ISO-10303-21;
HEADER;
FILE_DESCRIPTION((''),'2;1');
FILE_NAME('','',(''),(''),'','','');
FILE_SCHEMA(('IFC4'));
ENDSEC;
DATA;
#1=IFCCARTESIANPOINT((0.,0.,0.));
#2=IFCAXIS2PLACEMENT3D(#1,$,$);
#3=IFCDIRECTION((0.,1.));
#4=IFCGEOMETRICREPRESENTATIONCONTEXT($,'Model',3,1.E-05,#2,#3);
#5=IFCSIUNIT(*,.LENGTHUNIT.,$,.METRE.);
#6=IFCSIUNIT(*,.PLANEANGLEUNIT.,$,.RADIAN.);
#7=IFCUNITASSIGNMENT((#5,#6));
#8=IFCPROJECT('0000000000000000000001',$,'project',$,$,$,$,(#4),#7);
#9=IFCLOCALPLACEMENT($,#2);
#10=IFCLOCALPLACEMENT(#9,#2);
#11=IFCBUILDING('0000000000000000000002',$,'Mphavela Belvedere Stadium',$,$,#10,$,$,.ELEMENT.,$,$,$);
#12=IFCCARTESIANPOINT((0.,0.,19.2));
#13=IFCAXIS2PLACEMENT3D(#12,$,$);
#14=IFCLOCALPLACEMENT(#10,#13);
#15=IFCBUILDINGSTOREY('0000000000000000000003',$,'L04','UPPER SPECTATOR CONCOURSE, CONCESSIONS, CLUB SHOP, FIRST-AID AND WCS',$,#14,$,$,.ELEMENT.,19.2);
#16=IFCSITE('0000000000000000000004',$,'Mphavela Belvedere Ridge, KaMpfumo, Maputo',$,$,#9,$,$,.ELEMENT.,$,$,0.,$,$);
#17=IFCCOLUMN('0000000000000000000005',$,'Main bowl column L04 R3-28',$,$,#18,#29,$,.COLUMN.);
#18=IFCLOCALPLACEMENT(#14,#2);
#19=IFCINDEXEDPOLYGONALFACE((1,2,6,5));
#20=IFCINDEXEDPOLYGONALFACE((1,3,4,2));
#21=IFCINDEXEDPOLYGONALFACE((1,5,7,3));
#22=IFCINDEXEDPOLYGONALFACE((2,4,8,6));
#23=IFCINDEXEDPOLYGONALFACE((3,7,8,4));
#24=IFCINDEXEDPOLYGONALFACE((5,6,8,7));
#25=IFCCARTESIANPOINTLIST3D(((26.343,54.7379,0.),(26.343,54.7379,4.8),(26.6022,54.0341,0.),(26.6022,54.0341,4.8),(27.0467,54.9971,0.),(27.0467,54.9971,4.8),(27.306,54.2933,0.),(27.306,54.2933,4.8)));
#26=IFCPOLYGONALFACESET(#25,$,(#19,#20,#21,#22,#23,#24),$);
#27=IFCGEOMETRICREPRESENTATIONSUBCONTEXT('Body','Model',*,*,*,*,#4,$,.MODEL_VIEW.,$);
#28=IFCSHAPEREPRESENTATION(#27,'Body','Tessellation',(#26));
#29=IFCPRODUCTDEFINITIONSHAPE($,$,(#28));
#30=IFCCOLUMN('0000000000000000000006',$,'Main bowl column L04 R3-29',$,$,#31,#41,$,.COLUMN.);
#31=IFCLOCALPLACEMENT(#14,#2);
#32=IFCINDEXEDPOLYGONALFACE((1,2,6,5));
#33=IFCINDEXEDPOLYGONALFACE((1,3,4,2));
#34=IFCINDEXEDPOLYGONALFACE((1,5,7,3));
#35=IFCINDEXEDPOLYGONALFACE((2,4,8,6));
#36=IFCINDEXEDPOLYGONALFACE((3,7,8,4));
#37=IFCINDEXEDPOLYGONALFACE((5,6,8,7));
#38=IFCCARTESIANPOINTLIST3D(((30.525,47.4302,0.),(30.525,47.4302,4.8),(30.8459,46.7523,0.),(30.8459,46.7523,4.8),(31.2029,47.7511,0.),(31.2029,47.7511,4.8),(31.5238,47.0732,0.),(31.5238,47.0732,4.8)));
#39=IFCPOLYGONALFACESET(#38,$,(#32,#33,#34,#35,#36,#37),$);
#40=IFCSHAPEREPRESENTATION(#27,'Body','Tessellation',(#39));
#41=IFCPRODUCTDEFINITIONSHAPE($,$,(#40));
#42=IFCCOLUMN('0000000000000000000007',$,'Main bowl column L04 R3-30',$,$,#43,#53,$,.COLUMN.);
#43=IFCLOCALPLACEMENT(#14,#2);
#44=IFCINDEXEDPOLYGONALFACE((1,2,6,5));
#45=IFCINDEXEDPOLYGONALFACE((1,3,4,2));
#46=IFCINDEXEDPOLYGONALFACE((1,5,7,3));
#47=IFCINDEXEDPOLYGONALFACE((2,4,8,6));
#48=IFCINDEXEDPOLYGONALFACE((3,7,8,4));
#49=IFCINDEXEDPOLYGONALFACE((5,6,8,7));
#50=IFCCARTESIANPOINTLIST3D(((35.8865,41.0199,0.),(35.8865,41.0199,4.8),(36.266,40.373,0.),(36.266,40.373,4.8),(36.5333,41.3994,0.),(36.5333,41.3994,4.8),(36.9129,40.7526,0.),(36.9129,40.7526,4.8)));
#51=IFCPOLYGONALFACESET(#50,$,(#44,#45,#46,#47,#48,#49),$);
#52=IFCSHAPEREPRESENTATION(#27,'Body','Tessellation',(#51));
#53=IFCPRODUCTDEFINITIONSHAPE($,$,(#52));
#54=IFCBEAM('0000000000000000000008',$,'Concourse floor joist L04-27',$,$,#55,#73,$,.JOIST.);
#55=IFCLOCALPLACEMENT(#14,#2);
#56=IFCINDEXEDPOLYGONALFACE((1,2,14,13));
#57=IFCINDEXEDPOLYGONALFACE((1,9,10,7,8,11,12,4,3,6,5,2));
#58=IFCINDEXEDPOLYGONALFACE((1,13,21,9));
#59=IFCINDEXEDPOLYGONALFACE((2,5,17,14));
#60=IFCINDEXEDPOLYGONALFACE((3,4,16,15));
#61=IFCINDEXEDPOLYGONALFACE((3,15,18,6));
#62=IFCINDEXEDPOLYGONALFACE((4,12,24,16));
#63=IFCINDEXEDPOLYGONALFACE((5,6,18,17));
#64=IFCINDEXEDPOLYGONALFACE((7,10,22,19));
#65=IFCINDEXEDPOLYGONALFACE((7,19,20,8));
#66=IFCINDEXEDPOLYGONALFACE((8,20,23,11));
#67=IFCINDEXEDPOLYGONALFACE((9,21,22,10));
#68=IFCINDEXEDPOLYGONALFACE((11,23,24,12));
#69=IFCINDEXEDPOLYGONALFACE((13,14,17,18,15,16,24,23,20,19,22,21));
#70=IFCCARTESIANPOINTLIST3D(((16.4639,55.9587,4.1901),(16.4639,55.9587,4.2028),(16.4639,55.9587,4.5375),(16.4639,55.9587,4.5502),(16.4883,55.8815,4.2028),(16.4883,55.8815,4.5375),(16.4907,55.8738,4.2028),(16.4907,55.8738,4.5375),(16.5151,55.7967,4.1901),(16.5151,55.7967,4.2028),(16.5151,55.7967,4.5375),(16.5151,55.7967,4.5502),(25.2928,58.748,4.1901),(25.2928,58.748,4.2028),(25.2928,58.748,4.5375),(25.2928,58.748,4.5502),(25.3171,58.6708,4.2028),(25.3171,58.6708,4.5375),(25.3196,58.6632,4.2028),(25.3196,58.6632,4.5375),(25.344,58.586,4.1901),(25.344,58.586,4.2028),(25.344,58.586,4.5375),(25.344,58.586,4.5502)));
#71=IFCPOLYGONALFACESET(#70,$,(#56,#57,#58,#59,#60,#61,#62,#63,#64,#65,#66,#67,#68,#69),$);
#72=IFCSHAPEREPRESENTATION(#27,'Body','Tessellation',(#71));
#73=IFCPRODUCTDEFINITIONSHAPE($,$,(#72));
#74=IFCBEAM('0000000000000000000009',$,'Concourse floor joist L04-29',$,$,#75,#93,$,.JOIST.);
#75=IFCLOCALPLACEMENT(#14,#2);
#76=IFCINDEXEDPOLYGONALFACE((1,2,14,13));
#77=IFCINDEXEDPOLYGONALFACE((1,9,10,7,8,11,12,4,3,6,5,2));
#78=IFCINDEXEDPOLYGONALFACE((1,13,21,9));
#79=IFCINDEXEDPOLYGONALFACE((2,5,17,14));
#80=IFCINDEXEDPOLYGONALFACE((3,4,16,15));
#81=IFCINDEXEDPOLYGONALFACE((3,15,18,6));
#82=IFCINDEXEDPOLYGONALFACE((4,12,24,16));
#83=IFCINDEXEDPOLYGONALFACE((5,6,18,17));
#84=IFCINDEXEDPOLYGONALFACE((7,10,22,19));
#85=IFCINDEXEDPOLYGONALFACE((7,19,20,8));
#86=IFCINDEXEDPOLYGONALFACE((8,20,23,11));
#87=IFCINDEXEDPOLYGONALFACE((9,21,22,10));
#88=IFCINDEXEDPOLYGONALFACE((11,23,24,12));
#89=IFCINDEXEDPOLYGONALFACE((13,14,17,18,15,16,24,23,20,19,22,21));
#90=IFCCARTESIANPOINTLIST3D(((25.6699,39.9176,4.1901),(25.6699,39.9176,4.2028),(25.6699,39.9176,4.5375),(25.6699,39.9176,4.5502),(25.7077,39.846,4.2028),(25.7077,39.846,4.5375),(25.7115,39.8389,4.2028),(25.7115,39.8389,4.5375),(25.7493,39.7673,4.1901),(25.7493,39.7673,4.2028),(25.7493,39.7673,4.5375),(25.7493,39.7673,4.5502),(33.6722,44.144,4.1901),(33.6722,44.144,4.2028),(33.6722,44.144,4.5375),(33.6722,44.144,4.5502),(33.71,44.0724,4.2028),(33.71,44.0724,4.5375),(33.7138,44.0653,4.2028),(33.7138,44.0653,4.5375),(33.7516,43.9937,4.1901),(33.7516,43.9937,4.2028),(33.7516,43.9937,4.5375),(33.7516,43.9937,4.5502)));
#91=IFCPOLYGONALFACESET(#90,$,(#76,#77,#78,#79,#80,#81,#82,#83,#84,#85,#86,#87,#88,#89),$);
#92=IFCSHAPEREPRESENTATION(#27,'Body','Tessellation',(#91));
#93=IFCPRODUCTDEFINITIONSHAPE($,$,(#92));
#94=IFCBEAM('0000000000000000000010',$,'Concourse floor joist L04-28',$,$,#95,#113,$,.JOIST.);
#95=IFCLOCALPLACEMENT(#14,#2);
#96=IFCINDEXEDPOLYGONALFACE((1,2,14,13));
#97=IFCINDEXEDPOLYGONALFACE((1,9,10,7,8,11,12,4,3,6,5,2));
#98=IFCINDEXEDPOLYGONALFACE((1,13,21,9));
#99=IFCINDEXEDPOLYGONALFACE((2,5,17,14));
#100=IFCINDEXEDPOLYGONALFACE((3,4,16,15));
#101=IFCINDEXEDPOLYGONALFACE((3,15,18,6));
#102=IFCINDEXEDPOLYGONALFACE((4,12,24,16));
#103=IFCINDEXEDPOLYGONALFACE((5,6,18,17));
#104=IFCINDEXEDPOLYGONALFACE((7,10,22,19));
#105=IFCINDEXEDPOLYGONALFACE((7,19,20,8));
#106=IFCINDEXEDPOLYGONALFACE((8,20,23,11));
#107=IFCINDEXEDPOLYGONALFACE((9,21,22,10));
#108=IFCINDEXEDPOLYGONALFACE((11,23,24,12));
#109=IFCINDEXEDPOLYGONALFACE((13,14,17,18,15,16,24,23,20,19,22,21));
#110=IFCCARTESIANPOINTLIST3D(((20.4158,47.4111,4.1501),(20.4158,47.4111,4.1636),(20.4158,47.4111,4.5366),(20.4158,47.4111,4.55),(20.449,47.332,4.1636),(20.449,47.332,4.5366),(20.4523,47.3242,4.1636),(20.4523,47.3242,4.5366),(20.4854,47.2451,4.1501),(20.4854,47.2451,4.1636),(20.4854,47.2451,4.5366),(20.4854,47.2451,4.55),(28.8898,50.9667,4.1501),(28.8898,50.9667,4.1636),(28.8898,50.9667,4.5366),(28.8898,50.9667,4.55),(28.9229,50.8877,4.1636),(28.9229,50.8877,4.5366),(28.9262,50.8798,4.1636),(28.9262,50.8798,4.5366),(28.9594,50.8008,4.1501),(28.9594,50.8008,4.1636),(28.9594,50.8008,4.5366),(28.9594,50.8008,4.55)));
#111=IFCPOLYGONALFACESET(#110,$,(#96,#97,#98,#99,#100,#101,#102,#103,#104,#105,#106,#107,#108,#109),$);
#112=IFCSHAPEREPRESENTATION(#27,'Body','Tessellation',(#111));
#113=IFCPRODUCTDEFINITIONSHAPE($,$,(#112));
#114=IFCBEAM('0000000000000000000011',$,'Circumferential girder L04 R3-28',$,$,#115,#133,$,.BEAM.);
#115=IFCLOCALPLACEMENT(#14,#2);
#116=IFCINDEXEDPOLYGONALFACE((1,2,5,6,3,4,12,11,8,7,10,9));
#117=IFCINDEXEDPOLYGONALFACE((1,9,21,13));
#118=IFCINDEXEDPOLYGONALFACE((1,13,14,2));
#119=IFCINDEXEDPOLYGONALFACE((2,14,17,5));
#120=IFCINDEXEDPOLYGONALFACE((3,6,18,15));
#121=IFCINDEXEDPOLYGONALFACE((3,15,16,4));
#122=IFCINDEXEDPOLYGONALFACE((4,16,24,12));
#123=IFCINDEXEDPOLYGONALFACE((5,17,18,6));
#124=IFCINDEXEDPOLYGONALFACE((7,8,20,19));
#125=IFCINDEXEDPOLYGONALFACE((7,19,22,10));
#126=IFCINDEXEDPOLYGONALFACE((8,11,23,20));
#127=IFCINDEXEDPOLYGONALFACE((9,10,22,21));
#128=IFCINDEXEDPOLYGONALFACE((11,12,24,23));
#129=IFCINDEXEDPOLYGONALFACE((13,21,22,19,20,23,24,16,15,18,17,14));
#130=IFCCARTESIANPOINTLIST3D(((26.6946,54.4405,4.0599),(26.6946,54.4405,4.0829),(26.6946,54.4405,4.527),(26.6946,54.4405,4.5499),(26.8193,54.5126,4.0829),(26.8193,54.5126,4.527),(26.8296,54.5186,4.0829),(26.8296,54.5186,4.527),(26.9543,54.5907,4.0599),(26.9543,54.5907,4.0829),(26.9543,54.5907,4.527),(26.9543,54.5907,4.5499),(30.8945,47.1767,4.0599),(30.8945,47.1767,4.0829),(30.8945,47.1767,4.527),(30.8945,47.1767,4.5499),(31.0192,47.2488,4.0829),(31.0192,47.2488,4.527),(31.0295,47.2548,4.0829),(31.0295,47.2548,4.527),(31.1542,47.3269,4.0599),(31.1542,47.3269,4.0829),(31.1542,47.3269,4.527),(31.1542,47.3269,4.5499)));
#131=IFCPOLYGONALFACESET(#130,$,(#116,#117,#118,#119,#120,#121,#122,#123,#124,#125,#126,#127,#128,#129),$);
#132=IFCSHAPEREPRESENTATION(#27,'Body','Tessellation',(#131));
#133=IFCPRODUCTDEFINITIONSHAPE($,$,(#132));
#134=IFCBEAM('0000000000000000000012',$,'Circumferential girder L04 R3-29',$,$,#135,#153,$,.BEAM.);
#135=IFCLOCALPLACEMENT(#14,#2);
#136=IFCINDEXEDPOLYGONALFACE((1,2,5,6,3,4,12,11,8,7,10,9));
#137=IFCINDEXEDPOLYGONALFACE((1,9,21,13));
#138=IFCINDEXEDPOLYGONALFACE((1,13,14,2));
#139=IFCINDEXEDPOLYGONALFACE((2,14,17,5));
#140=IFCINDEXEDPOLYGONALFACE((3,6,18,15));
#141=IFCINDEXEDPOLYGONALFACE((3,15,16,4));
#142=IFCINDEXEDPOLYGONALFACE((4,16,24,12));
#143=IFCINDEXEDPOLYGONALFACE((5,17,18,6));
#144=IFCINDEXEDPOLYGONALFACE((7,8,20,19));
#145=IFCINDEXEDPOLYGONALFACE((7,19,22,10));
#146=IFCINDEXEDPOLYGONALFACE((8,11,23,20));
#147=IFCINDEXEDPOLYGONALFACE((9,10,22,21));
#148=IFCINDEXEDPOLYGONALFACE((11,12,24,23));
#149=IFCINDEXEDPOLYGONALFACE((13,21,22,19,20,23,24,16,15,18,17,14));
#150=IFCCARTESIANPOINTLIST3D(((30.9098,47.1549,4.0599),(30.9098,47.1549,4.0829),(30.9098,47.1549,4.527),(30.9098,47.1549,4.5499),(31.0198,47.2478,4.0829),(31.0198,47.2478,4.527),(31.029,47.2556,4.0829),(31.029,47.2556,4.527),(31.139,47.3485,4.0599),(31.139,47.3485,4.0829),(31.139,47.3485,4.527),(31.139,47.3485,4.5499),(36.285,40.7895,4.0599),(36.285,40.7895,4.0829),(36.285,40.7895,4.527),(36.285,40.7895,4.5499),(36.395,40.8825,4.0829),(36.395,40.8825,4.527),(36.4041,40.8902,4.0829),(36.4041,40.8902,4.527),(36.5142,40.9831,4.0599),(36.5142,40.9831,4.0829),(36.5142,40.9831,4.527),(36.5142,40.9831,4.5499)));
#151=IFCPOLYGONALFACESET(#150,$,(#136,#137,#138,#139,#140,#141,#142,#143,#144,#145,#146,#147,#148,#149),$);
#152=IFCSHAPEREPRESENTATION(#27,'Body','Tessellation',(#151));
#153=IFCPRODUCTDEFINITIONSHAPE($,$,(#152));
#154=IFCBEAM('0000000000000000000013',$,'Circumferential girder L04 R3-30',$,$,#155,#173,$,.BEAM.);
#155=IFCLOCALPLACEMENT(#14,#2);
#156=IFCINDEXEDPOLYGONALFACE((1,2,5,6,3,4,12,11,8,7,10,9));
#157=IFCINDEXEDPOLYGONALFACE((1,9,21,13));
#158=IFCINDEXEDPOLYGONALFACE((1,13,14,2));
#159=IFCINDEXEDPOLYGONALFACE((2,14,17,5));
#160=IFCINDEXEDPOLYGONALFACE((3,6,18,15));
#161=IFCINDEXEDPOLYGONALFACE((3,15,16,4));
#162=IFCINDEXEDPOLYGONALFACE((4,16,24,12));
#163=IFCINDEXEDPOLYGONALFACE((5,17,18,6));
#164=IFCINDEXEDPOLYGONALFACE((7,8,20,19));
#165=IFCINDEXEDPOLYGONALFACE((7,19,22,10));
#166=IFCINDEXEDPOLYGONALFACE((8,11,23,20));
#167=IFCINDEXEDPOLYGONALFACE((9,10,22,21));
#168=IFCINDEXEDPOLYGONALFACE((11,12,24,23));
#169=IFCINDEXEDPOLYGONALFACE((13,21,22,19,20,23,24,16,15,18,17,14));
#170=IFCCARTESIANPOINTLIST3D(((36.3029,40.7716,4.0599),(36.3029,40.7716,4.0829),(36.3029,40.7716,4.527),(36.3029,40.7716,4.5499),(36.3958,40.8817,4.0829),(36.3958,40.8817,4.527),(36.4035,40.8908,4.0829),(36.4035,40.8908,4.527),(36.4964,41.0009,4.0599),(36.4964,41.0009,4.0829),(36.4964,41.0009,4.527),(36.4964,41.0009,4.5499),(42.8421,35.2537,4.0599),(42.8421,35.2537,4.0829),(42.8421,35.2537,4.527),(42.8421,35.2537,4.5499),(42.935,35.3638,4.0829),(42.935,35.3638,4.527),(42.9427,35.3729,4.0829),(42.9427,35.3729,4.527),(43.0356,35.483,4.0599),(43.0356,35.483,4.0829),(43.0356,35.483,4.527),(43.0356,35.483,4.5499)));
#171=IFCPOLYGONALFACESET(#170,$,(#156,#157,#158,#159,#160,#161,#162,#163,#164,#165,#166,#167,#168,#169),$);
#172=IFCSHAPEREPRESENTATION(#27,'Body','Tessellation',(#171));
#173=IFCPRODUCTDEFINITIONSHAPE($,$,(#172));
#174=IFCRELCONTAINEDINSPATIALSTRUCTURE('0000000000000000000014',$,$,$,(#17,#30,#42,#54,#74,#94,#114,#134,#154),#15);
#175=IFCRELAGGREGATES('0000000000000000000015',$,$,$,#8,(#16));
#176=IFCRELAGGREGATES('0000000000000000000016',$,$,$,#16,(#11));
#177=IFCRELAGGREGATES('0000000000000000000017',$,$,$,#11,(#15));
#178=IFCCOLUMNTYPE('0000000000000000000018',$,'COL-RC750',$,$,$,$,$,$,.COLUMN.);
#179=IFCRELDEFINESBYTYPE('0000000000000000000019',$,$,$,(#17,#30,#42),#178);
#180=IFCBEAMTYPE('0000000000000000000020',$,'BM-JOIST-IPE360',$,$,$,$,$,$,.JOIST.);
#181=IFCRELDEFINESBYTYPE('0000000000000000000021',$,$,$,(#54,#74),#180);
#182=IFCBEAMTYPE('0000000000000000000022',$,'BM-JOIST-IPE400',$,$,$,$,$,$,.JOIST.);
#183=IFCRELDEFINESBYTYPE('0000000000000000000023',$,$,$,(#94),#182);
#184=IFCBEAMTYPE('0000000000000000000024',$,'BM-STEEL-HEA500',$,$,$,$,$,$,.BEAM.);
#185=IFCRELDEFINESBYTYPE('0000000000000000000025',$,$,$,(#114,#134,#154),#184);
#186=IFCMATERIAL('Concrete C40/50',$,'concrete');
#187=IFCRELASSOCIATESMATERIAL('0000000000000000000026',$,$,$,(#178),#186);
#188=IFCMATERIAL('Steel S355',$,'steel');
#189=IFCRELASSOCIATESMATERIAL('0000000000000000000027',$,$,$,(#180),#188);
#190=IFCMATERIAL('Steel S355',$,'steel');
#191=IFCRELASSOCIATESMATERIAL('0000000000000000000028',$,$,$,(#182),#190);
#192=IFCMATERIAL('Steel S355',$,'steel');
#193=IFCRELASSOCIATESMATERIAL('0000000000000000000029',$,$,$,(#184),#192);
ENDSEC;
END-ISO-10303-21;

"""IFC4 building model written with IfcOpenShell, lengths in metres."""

from ifc_helpers import new_model, si_unit, direction, frame, origin, origin_2d, place, context, subcontext, project, spatial, rectangle, i_section, extrude, material, material_profile, profile_set, type_object, element, save


model = new_model("IFC4")

# Units and contexts
model_context = context("Model", 3, precision=1e-05, world=origin(), true_north=direction((0.0, 1.0)))
body_context = subcontext(model_context, "Body", "Model", "MODEL_VIEW")
ifc_project = project(units=[si_unit("LENGTHUNIT", "METRE"), si_unit("PLANEANGLEUNIT", "RADIAN")], contexts=[model_context])

# Site, building, storey
site_placement = place(None, origin())
site = spatial("IfcSite", under=ifc_project, at=site_placement, Name="Mphavela Belvedere Ridge, KaMpfumo, Maputo", CompositionType="ELEMENT", RefElevation=0.0)
building_placement = place(site_placement, origin())
building = spatial("IfcBuilding", under=site, at=building_placement, Name="Mphavela Belvedere Stadium", CompositionType="ELEMENT")
storey_placement = place(building_placement, frame((0.0, 0.0, 19.2)))
storey = spatial("IfcBuildingStorey", under=building, at=storey_placement, Name="L04", Description="UPPER SPECTATOR CONCOURSE, CONCESSIONS, CLUB SHOP, FIRST-AID AND WCS", CompositionType="ELEMENT", Elevation=19.2)

# Columns
ifc_material_1 = material(Name="Concrete C40/50", Category="concrete")
ifc_material_profile_1 = material_profile(ifc_material_1, rectangle(XDim=0.75, YDim=0.75, at=origin_2d()), Name="RC 750x750")
ifc_profile_set_1 = profile_set([ifc_material_profile_1], Name="Concrete C40/50")
column_type = type_object("IfcColumnType", Name="COL-RC750", PredefinedType="COLUMN", material=ifc_profile_set_1)
for number, where, z_axis, x_axis, name in (
    (1, (26.8245, 54.5156, 0.0), (0.0, 0.0, 1.0), (-0.938372, -0.345626, 0.0), "Main bowl column L04 R3-28"),
    (2, (31.0244, 47.2517, 0.0), (0.0, 0.0, 1.0), (-0.903859, -0.427831, 0.0), "Main bowl column L04 R3-29"),
    (3, (36.3997, 40.8862, 0.0), (0.0, 0.0, 1.0), (-0.862514, -0.506034, 0.0), "Main bowl column L04 R3-30"),
):
    element("IfcColumn", number, at=place(storey_placement, frame(where, z_axis=z_axis, x_axis=x_axis)), inside=storey, type_object=column_type, Name=name, PredefinedType="COLUMN", context=body_context, shape_type="SweptSolid", body=[
        extrude(rectangle(XDim=0.75, YDim=0.75, at=origin_2d()), origin(), (0.0, 0.0, 1.0), 4.8),
    ])

# Beams
ifc_material_2 = material(Name="Steel S355", Category="steel")
ifc_material_profile_2 = material_profile(ifc_material_2, i_section(OverallWidth=0.1699, OverallDepth=0.3601, WebThickness=0.0081, FlangeThickness=0.0127, at=origin_2d()), Name="IPE 360")
ifc_profile_set_2 = profile_set([ifc_material_profile_2], Name="Steel S355")
beam_type_1 = type_object("IfcBeamType", Name="BM-JOIST-IPE360", PredefinedType="JOIST", material=ifc_profile_set_2)
beam_1_placement = place(storey_placement, frame((25.3184, 58.667, 4.3701), z_axis=(-0.953544, -0.301254, 0.0), x_axis=(0.301254, -0.953544, 0.0)))
element("IfcBeam", 4, at=beam_1_placement, inside=storey, type_object=beam_type_1, Name="Concourse floor joist L04-27", PredefinedType="JOIST", context=body_context, shape_type="SweptSolid", body=[
    extrude(i_section(OverallWidth=0.1699, OverallDepth=0.3601, WebThickness=0.0081, FlangeThickness=0.0127, at=origin_2d()), origin(), (0.0, 0.0, 1.0), 9.259),
])
beam_2_placement = place(storey_placement, frame((33.7119, 44.0688, 4.3701), z_axis=(-0.884251, -0.467012, 0.0), x_axis=(0.467012, -0.884251, 0.0)))
element("IfcBeam", 5, at=beam_2_placement, inside=storey, type_object=beam_type_1, Name="Concourse floor joist L04-29", PredefinedType="JOIST", context=body_context, shape_type="SweptSolid", body=[
    extrude(i_section(OverallWidth=0.1699, OverallDepth=0.3601, WebThickness=0.0081, FlangeThickness=0.0127, at=origin_2d()), origin(), (0.0, 0.0, 1.0), 9.0498),
])
ifc_material_3 = material(Name="Steel S355", Category="steel")
ifc_material_profile_3 = material_profile(ifc_material_3, i_section(OverallWidth=0.1799, OverallDepth=0.3999, WebThickness=0.0085, FlangeThickness=0.0134, at=origin_2d()), Name="IPE 400")
ifc_profile_set_3 = profile_set([ifc_material_profile_3], Name="Steel S355")
beam_type_2 = type_object("IfcBeamType", Name="BM-JOIST-IPE400", PredefinedType="JOIST", material=ifc_profile_set_3)
beam_3_placement = place(storey_placement, frame((28.9246, 50.8838, 4.3501), z_axis=(-0.922113, -0.386921, 0.0), x_axis=(0.386921, -0.922113, 0.0)))
element("IfcBeam", 6, at=beam_3_placement, inside=storey, type_object=beam_type_2, Name="Concourse floor joist L04-28", PredefinedType="JOIST", context=body_context, shape_type="SweptSolid", body=[
    extrude(i_section(OverallWidth=0.1799, OverallDepth=0.3999, WebThickness=0.0085, FlangeThickness=0.0134, at=origin_2d()), origin(), (0.0, 0.0, 1.0), 9.1897),
])
ifc_material_4 = material(Name="Steel S355", Category="steel")
ifc_material_profile_4 = material_profile(ifc_material_4, i_section(OverallWidth=0.3, OverallDepth=0.49, WebThickness=0.012, FlangeThickness=0.0229, at=origin_2d()), Name="HEA 500")
ifc_profile_set_4 = profile_set([ifc_material_profile_4], Name="Steel S355")
beam_type_3 = type_object("IfcBeamType", Name="BM-STEEL-HEA500", PredefinedType="BEAM", material=ifc_profile_set_4)
beam_4_placement = place(storey_placement, frame((26.8245, 54.5156, 4.3049), z_axis=(0.500548, -0.865709, 0.0), x_axis=(0.865709, 0.500548, 0.0)))
element("IfcBeam", 7, at=beam_4_placement, inside=storey, type_object=beam_type_3, Name="Circumferential girder L04 R3-28", PredefinedType="BEAM", context=body_context, shape_type="SweptSolid", body=[
    extrude(i_section(OverallWidth=0.3, OverallDepth=0.49, WebThickness=0.012, FlangeThickness=0.0229, at=origin_2d()), origin(), (0.0, 0.0, 1.0), 8.3906),
])
beam_5_placement = place(storey_placement, frame((31.0244, 47.2517, 4.3049), z_axis=(0.645177, -0.764033, 0.0), x_axis=(0.764033, 0.645177, 0.0)))
element("IfcBeam", 8, at=beam_5_placement, inside=storey, type_object=beam_type_3, Name="Circumferential girder L04 R3-29", PredefinedType="BEAM", context=body_context, shape_type="SweptSolid", body=[
    extrude(i_section(OverallWidth=0.3, OverallDepth=0.49, WebThickness=0.012, FlangeThickness=0.0229, at=origin_2d()), origin(), (0.0, 0.0, 1.0), 8.3313),
])
beam_6_placement = place(storey_placement, frame((36.3997, 40.8862, 4.3049), z_axis=(0.764263, -0.644904, 0.0), x_axis=(0.644904, 0.764263, 0.0)))
element("IfcBeam", 9, at=beam_6_placement, inside=storey, type_object=beam_type_3, Name="Circumferential girder L04 R3-30", PredefinedType="BEAM", context=body_context, shape_type="SweptSolid", body=[
    extrude(i_section(OverallWidth=0.3, OverallDepth=0.49, WebThickness=0.012, FlangeThickness=0.0229, at=origin_2d()), origin(), (0.0, 0.0, 1.0), 8.5562),
])

save(model, "model.ifc")
